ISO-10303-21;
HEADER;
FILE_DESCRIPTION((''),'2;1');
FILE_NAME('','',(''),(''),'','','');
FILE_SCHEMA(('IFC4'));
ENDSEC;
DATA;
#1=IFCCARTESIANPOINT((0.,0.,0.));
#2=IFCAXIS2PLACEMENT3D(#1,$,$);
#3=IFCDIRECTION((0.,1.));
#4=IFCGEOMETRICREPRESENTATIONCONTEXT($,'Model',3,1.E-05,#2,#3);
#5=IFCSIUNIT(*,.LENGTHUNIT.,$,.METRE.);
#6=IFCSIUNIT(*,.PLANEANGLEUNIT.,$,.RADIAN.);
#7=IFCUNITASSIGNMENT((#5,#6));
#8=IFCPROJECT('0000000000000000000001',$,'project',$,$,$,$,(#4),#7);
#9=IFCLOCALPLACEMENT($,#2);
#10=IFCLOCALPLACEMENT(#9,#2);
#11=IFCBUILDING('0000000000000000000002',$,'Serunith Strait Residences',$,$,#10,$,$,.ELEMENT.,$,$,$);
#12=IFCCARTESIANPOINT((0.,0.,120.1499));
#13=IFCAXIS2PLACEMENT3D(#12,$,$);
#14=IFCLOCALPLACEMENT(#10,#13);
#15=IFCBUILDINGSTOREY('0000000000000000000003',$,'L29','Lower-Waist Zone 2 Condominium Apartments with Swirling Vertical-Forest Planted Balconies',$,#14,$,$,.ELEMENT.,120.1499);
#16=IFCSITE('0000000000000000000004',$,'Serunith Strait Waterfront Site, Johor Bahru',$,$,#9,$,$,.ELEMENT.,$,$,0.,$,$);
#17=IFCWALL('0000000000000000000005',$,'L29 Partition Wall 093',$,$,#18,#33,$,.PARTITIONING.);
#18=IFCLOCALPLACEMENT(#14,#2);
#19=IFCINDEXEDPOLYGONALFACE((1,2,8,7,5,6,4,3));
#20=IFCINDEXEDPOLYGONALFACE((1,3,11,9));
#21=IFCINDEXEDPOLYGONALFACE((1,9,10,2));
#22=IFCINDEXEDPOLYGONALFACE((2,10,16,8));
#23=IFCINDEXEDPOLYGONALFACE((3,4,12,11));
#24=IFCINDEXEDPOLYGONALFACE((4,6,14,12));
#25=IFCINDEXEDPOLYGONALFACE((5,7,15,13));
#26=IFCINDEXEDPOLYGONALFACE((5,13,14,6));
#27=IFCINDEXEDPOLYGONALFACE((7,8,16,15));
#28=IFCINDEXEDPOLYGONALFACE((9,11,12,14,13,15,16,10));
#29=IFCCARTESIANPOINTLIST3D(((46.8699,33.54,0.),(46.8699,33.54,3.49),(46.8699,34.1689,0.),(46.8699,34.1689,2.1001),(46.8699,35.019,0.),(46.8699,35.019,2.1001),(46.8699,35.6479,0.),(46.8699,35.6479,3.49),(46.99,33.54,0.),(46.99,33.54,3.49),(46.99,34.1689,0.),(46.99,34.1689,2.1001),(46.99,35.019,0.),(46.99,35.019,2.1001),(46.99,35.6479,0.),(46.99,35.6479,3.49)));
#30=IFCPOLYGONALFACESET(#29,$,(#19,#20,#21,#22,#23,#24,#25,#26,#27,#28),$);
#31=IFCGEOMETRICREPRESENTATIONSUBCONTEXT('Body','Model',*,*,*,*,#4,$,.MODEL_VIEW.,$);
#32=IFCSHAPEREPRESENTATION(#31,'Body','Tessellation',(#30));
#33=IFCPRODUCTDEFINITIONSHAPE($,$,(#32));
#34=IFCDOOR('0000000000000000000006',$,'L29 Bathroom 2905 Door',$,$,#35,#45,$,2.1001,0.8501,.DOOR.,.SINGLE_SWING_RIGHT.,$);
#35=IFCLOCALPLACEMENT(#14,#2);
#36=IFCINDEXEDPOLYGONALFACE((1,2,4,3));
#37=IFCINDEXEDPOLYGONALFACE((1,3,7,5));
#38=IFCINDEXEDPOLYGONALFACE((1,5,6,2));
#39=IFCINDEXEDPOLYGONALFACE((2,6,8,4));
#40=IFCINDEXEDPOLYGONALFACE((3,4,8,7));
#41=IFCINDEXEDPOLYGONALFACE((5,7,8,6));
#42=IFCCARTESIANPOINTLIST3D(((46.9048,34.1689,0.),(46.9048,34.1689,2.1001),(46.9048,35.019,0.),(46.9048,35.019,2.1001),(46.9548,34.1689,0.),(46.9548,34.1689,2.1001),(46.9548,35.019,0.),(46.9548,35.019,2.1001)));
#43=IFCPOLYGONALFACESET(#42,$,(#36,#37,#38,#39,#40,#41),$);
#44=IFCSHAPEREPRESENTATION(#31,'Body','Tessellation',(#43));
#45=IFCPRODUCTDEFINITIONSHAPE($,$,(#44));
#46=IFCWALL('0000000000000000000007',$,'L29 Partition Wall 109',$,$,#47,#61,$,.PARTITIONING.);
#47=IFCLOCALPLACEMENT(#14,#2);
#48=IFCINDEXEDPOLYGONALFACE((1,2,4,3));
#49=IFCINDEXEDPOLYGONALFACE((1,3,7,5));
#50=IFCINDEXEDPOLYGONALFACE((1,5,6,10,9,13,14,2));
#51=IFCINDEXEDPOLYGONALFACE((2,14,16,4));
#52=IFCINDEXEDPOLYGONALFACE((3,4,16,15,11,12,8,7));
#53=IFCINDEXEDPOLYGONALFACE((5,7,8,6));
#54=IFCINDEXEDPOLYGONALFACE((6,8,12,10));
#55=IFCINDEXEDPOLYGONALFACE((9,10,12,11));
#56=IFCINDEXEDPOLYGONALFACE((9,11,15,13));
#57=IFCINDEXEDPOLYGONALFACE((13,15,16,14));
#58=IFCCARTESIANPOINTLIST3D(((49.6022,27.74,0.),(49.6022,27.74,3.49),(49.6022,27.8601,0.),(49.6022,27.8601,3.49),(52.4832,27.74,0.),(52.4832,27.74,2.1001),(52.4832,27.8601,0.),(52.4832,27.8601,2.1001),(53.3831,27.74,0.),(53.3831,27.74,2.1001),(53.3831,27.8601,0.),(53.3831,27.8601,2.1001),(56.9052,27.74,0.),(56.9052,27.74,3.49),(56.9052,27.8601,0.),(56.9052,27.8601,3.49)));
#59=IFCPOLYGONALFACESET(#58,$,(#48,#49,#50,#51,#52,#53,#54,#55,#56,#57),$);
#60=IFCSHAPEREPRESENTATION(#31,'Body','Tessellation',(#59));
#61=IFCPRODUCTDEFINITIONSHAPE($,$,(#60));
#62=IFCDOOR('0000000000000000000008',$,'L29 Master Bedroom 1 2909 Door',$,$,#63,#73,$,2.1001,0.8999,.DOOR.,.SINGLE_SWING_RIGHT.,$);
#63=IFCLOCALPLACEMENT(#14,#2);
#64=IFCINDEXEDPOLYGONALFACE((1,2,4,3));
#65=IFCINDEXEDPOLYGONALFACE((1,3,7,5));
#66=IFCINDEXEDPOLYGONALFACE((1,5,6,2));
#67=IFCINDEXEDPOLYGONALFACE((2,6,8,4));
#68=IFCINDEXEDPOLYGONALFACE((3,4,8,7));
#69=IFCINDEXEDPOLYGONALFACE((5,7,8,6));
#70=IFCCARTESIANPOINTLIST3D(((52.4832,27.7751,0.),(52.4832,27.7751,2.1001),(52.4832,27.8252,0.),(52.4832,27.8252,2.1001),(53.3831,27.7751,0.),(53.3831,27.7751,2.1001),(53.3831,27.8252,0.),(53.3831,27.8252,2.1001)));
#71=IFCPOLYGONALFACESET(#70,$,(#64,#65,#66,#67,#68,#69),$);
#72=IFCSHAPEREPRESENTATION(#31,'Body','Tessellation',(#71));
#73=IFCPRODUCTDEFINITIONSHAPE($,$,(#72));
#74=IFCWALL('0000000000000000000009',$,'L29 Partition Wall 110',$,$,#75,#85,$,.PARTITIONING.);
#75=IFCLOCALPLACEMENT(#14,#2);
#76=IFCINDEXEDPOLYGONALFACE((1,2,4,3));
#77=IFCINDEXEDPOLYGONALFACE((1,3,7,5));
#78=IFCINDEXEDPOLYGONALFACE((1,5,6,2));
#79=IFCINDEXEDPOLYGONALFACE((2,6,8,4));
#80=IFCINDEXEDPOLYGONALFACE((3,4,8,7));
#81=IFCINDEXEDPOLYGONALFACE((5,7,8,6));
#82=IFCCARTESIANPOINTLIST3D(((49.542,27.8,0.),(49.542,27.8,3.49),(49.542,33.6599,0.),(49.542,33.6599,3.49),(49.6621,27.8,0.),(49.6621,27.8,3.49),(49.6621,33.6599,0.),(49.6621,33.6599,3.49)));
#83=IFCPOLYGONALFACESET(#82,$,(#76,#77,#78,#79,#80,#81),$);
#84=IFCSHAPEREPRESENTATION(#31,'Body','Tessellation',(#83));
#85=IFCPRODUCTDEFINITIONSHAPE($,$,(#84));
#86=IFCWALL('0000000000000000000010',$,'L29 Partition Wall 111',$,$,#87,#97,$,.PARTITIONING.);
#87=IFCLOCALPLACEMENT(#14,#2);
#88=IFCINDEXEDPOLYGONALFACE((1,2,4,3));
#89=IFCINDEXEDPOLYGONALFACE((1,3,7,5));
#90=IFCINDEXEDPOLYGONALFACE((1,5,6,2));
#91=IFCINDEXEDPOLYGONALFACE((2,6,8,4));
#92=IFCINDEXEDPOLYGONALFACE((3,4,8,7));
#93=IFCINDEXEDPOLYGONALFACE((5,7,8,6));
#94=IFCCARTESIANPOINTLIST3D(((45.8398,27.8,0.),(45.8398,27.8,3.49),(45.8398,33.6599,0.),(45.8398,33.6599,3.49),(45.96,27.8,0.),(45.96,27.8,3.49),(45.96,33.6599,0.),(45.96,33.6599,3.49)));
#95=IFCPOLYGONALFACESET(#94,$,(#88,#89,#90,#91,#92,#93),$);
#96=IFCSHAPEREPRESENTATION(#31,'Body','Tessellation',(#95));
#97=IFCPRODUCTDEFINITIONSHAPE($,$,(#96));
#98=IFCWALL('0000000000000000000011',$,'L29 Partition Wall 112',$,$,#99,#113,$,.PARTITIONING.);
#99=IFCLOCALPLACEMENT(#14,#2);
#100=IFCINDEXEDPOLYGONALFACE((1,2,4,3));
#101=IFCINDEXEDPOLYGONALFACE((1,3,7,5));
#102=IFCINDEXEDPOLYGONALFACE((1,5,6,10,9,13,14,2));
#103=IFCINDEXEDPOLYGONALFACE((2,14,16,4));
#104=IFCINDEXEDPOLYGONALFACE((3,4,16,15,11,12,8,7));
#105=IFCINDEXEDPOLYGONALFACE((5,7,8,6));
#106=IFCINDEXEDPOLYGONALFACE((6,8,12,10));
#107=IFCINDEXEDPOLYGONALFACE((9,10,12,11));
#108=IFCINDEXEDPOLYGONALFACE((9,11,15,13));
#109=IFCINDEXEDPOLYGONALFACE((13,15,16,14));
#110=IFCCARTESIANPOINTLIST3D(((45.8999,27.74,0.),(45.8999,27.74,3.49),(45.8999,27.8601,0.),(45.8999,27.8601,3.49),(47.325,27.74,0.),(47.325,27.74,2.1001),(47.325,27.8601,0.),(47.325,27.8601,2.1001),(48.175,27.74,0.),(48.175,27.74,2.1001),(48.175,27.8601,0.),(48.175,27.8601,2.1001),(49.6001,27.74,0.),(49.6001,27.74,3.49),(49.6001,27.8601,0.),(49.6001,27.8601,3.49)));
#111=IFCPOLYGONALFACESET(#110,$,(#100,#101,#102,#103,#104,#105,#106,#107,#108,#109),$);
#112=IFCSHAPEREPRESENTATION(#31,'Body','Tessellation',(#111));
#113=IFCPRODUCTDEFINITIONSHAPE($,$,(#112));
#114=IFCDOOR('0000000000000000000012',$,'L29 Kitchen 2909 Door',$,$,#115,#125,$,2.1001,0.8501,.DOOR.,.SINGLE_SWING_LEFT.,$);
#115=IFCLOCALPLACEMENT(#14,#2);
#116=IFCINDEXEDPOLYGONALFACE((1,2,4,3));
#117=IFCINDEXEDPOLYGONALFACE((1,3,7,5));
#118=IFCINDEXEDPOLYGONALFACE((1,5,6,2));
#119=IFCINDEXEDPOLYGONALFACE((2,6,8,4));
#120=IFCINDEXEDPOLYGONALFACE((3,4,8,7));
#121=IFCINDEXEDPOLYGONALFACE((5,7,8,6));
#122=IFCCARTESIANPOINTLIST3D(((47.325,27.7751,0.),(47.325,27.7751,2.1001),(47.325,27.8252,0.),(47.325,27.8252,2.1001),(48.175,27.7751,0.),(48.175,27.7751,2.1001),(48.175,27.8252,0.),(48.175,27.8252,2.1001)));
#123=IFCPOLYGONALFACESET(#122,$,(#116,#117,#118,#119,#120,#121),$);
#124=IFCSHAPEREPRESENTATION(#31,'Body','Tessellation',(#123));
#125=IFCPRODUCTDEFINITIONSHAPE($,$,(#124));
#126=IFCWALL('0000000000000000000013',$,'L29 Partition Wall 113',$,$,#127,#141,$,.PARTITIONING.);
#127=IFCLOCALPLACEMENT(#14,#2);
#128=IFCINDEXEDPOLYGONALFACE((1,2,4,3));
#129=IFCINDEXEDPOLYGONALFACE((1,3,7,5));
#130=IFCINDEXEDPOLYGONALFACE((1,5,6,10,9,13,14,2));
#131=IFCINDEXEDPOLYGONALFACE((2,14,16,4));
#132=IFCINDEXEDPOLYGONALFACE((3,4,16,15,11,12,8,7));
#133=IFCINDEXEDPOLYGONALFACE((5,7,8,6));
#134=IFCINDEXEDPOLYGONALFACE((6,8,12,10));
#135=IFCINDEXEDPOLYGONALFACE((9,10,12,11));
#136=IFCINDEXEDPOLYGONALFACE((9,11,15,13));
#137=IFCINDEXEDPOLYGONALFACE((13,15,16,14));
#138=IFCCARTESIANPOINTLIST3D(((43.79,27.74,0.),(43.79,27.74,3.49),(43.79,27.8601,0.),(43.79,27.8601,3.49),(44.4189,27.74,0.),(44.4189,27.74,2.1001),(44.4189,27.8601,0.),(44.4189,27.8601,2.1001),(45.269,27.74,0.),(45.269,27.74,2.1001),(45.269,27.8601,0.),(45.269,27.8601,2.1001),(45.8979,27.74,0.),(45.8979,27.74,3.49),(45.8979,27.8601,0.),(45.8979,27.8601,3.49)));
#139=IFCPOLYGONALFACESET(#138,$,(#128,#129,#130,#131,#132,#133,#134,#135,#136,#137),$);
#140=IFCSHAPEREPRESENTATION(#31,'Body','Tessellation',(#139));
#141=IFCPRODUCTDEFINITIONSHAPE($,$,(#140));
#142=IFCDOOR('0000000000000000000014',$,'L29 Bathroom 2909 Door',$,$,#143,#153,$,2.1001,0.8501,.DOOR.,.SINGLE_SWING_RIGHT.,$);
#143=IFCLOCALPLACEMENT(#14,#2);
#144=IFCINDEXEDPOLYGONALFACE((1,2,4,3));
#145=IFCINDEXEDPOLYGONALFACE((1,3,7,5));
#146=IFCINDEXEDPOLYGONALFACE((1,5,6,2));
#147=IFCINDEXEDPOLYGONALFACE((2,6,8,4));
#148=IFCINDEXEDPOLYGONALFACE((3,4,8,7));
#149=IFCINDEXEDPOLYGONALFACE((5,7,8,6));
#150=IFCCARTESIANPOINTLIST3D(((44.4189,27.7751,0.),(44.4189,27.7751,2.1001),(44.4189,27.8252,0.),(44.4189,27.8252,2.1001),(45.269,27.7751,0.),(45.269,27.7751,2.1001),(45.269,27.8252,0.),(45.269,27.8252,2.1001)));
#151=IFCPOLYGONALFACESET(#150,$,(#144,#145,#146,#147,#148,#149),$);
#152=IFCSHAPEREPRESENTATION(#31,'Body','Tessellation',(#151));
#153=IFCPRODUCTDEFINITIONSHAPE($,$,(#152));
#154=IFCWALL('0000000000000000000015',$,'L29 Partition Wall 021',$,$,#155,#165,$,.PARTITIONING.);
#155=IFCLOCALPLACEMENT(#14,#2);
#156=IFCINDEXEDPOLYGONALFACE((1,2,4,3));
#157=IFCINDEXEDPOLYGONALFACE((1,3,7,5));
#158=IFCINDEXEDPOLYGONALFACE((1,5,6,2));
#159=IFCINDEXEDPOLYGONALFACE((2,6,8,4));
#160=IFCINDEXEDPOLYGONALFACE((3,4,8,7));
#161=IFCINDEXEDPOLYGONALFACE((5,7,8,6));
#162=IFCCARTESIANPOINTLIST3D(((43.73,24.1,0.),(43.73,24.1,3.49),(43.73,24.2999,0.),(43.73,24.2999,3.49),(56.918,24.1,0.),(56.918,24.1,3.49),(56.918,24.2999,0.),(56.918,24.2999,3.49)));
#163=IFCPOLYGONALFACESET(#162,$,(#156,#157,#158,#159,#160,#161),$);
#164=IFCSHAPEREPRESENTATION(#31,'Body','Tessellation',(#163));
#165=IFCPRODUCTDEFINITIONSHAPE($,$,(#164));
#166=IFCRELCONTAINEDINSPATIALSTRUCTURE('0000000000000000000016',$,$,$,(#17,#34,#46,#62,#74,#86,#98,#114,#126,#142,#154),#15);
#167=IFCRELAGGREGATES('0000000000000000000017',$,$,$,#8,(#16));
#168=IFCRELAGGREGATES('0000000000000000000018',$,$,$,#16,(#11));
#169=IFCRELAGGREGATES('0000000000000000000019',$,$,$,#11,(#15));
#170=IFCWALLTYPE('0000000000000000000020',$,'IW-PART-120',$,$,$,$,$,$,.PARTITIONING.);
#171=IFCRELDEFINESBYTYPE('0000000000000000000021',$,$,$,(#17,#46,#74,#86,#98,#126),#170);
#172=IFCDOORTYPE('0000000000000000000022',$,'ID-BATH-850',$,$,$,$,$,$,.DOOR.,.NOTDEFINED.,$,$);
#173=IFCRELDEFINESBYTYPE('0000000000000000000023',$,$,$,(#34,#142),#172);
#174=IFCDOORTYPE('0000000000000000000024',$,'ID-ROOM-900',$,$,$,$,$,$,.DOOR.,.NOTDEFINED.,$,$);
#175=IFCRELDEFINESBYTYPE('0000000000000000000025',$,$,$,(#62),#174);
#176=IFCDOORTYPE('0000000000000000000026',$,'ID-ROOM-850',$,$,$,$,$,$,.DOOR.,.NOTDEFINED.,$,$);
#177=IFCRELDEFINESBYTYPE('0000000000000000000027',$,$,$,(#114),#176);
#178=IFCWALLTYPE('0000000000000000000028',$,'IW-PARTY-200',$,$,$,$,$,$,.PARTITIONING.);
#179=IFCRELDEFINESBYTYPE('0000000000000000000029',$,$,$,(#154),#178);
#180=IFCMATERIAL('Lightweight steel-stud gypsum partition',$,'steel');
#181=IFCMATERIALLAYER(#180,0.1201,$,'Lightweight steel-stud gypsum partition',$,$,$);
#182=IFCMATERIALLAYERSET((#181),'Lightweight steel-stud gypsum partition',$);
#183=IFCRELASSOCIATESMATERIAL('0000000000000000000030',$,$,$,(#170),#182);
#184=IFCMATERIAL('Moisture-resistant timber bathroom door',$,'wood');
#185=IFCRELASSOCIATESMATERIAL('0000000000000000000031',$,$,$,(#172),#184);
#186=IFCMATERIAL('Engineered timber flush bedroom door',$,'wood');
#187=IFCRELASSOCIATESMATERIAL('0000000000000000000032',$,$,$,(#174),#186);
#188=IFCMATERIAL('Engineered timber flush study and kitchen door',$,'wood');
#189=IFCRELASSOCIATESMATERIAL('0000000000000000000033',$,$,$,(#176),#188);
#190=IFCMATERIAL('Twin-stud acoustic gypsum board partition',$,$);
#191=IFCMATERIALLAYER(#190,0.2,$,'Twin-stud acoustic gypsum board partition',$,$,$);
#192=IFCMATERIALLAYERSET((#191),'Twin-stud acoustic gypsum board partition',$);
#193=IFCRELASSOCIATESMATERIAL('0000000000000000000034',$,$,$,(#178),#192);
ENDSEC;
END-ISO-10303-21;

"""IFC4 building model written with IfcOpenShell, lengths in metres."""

from ifc_helpers import new_model, si_unit, direction, frame, frame_2d, origin, place, context, subcontext, project, spatial, rectangle, extrude, source, transform, mapped, material, layer, layer_set, type_object, element, fill, save


model = new_model("IFC4")

# Units and contexts
model_context = context("Model", 3, precision=1e-05, world=origin(), true_north=direction((0.0, 1.0)))
body_context = subcontext(model_context, "Body", "Model", "MODEL_VIEW")
ifc_project = project(units=[si_unit("LENGTHUNIT", "METRE"), si_unit("PLANEANGLEUNIT", "RADIAN")], contexts=[model_context])

# Site, building, storey
site_placement = place(None, origin())
site = spatial("IfcSite", under=ifc_project, at=site_placement, Name="Serunith Strait Waterfront Site, Johor Bahru", CompositionType="ELEMENT", RefElevation=0.0)
building_placement = place(site_placement, origin())
building = spatial("IfcBuilding", under=site, at=building_placement, Name="Serunith Strait Residences", CompositionType="ELEMENT")
storey_placement = place(building_placement, frame((0.0, 0.0, 120.1499)))
storey = spatial("IfcBuildingStorey", under=building, at=storey_placement, Name="L29", Description="Lower-Waist Zone 2 Condominium Apartments with Swirling Vertical-Forest Planted Balconies", CompositionType="ELEMENT", Elevation=120.1499)

# Walls, openings, doors
ifc_material_1 = material(Name="Lightweight steel-stud gypsum partition", Category="steel")
ifc_layer_1 = layer(ifc_material_1, 0.1201, Name="Lightweight steel-stud gypsum partition")
ifc_layer_set_1 = layer_set([ifc_layer_1], Name="Lightweight steel-stud gypsum partition")
wall_type_1 = type_object("IfcWallType", Name="IW-PART-120", PredefinedType="PARTITIONING", material=ifc_layer_set_1)
wall_1_placement = place(storey_placement, frame((46.9299, 35.6479, 0.0), z_axis=(0.0, 0.0, 1.0), x_axis=(0.0, -1.0, 0.0)))
wall_1 = element("IfcWall", 1, at=wall_1_placement, inside=storey, type_object=wall_type_1, Name="L29 Partition Wall 093", PredefinedType="PARTITIONING", context=body_context, shape_type="SweptSolid", body=[
    extrude(rectangle(XDim=2.1079, YDim=0.1201, at=frame_2d((1.054, 0.0))), origin(), (0.0, 0.0, 1.0), 3.49),
])
opening_1_placement = place(wall_1_placement, frame((0.6289, 0.0, 0.0)))
opening_1 = element("IfcOpeningElement", 2, at=opening_1_placement, cuts=wall_1, PredefinedType="OPENING", context=body_context, shape_type="SweptSolid", body=[
    extrude(rectangle(XDim=0.8501, YDim=2.1001, at=frame_2d((0.425, 1.05))), frame((0.0, 0.0701, 0.0), z_axis=(0.0, -1.0, 0.0), x_axis=(1.0, 0.0, 0.0)), (0.0, 0.0, 1.0), 0.1401),
])
ifc_material_2 = material(Name="Moisture-resistant timber bathroom door", Category="wood")
door_type_1 = type_object("IfcDoorType", Name="ID-BATH-850", OperationType="NOTDEFINED", PredefinedType="DOOR", material=ifc_material_2)
shared_shape_1 = source(origin(), body_context, "Body", "SweptSolid", [
    extrude(rectangle(XDim=0.8501, YDim=2.1001, at=frame_2d((0.425, 1.05))), frame((0.0, 0.0249, 0.0), z_axis=(0.0, -1.0, 0.0), x_axis=(1.0, 0.0, 0.0)), (0.0, 0.0, 1.0), 0.05),
])
door_1_placement = place(opening_1_placement, origin())
door_1 = element("IfcDoor", 3, at=door_1_placement, inside=storey, type_object=door_type_1, Name="L29 Bathroom 2905 Door", OperationType="SINGLE_SWING_RIGHT", OverallHeight=2.1001, OverallWidth=0.8501, PredefinedType="DOOR", context=body_context, shape_type="MappedRepresentation", body=[
    mapped(shared_shape_1, transform((0.0, 0.0, 0.0), scale=1.0)),
])
fill(opening_1, door_1)
wall_2_placement = place(storey_placement, frame((56.905, 27.8, 0.0), z_axis=(0.0, 0.0, 1.0), x_axis=(-1.0, 0.0, 0.0)))
wall_2 = element("IfcWall", 4, at=wall_2_placement, inside=storey, type_object=wall_type_1, Name="L29 Partition Wall 109", PredefinedType="PARTITIONING", context=body_context, shape_type="SweptSolid", body=[
    extrude(rectangle(XDim=7.303, YDim=0.1201, at=frame_2d((3.6514, 0.0))), origin(), (0.0, 0.0, 1.0), 3.49),
])
opening_2_placement = place(wall_2_placement, frame((3.522, 0.0, 0.0)))
opening_2 = element("IfcOpeningElement", 5, at=opening_2_placement, cuts=wall_2, PredefinedType="OPENING", context=body_context, shape_type="SweptSolid", body=[
    extrude(rectangle(XDim=0.8999, YDim=2.1001, at=frame_2d((0.45, 1.05))), frame((0.0, 0.0701, 0.0), z_axis=(0.0, -1.0, 0.0), x_axis=(1.0, 0.0, 0.0)), (0.0, 0.0, 1.0), 0.1401),
])
ifc_material_3 = material(Name="Engineered timber flush bedroom door", Category="wood")
door_type_2 = type_object("IfcDoorType", Name="ID-ROOM-900", OperationType="NOTDEFINED", PredefinedType="DOOR", material=ifc_material_3)
shared_shape_2 = source(origin(), body_context, "Body", "SweptSolid", [
    extrude(rectangle(XDim=0.8999, YDim=2.1001, at=frame_2d((0.45, 1.05))), frame((0.0, 0.0249, 0.0), z_axis=(0.0, -1.0, 0.0), x_axis=(1.0, 0.0, 0.0)), (0.0, 0.0, 1.0), 0.05),
])
door_2_placement = place(opening_2_placement, origin())
door_2 = element("IfcDoor", 6, at=door_2_placement, inside=storey, type_object=door_type_2, Name="L29 Master Bedroom 1 2909 Door", OperationType="SINGLE_SWING_RIGHT", OverallHeight=2.1001, OverallWidth=0.8999, PredefinedType="DOOR", context=body_context, shape_type="MappedRepresentation", body=[
    mapped(shared_shape_2, transform((0.0, 0.0, 0.0), scale=1.0)),
])
fill(opening_2, door_2)

# Walls
for number, where, z_axis, x_axis, name in (
    (7, (49.6021, 27.8, 0.0), (0.0, 0.0, 1.0), (0.0, 1.0, 0.0), "L29 Partition Wall 110"),
    (8, (45.8999, 27.8, 0.0), (0.0, 0.0, 1.0), (0.0, 1.0, 0.0), "L29 Partition Wall 111"),
):
    element("IfcWall", number, at=place(storey_placement, frame(where, z_axis=z_axis, x_axis=x_axis)), inside=storey, type_object=wall_type_1, Name=name, PredefinedType="PARTITIONING", context=body_context, shape_type="SweptSolid", body=[
        extrude(rectangle(XDim=5.8599, YDim=0.1201, at=frame_2d((2.9299, 0.0))), origin(), (0.0, 0.0, 1.0), 3.49),
    ])

# Walls, openings, doors
wall_3_placement = place(storey_placement, frame((49.6001, 27.8, 0.0), z_axis=(0.0, 0.0, 1.0), x_axis=(-1.0, 0.0, 0.0)))
wall_3 = element("IfcWall", 9, at=wall_3_placement, inside=storey, type_object=wall_type_1, Name="L29 Partition Wall 112", PredefinedType="PARTITIONING", context=body_context, shape_type="SweptSolid", body=[
    extrude(rectangle(XDim=3.7002, YDim=0.1201, at=frame_2d((1.8501, 0.0))), origin(), (0.0, 0.0, 1.0), 3.49),
])
opening_3_placement = place(wall_3_placement, frame((1.425, 0.0, 0.0)))
opening_3 = element("IfcOpeningElement", 10, at=opening_3_placement, cuts=wall_3, PredefinedType="OPENING", context=body_context, shape_type="SweptSolid", body=[
    extrude(rectangle(XDim=0.8501, YDim=2.1001, at=frame_2d((0.425, 1.05))), frame((0.0, 0.0701, 0.0), z_axis=(0.0, -1.0, 0.0), x_axis=(1.0, 0.0, 0.0)), (0.0, 0.0, 1.0), 0.1401),
])
ifc_material_4 = material(Name="Engineered timber flush study and kitchen door", Category="wood")
door_type_3 = type_object("IfcDoorType", Name="ID-ROOM-850", OperationType="NOTDEFINED", PredefinedType="DOOR", material=ifc_material_4)
door_3_placement = place(opening_3_placement, origin())
door_3 = element("IfcDoor", 11, at=door_3_placement, inside=storey, type_object=door_type_3, Name="L29 Kitchen 2909 Door", OperationType="SINGLE_SWING_LEFT", OverallHeight=2.1001, OverallWidth=0.8501, PredefinedType="DOOR", context=body_context, shape_type="MappedRepresentation", body=[
    mapped(shared_shape_1, transform((0.0, 0.0, 0.0), scale=1.0)),
])
fill(opening_3, door_3)
wall_4_placement = place(storey_placement, frame((45.8979, 27.8, 0.0), z_axis=(0.0, 0.0, 1.0), x_axis=(-1.0, 0.0, 0.0)))
wall_4 = element("IfcWall", 12, at=wall_4_placement, inside=storey, type_object=wall_type_1, Name="L29 Partition Wall 113", PredefinedType="PARTITIONING", context=body_context, shape_type="SweptSolid", body=[
    extrude(rectangle(XDim=2.1079, YDim=0.1201, at=frame_2d((1.054, 0.0))), origin(), (0.0, 0.0, 1.0), 3.49),
])
opening_4_placement = place(wall_4_placement, frame((0.6289, 0.0, 0.0)))
opening_4 = element("IfcOpeningElement", 13, at=opening_4_placement, cuts=wall_4, PredefinedType="OPENING", context=body_context, shape_type="SweptSolid", body=[
    extrude(rectangle(XDim=0.8501, YDim=2.1001, at=frame_2d((0.425, 1.05))), frame((0.0, 0.0701, 0.0), z_axis=(0.0, -1.0, 0.0), x_axis=(1.0, 0.0, 0.0)), (0.0, 0.0, 1.0), 0.1401),
])
door_4_placement = place(opening_4_placement, origin())
door_4 = element("IfcDoor", 14, at=door_4_placement, inside=storey, type_object=door_type_1, Name="L29 Bathroom 2909 Door", OperationType="SINGLE_SWING_RIGHT", OverallHeight=2.1001, OverallWidth=0.8501, PredefinedType="DOOR", context=body_context, shape_type="MappedRepresentation", body=[
    mapped(shared_shape_1, transform((0.0, 0.0, 0.0), scale=1.0)),
])
fill(opening_4, door_4)

# Wall
ifc_material_5 = material(Name="Twin-stud acoustic gypsum board partition")
ifc_layer_2 = layer(ifc_material_5, 0.2, Name="Twin-stud acoustic gypsum board partition")
ifc_layer_set_2 = layer_set([ifc_layer_2], Name="Twin-stud acoustic gypsum board partition")
wall_type_2 = type_object("IfcWallType", Name="IW-PARTY-200", PredefinedType="PARTITIONING", material=ifc_layer_set_2)
wall_5_placement = place(storey_placement, frame((43.73, 24.2, 0.0), z_axis=(0.0, 0.0, 1.0), x_axis=(1.0, 0.0, 0.0)))
element("IfcWall", 15, at=wall_5_placement, inside=storey, type_object=wall_type_2, Name="L29 Partition Wall 021", PredefinedType="PARTITIONING", context=body_context, shape_type="SweptSolid", body=[
    extrude(rectangle(XDim=13.188, YDim=0.2, at=frame_2d((6.594, 0.0))), origin(), (0.0, 0.0, 1.0), 3.49),
])

save(model, "model.ifc")
